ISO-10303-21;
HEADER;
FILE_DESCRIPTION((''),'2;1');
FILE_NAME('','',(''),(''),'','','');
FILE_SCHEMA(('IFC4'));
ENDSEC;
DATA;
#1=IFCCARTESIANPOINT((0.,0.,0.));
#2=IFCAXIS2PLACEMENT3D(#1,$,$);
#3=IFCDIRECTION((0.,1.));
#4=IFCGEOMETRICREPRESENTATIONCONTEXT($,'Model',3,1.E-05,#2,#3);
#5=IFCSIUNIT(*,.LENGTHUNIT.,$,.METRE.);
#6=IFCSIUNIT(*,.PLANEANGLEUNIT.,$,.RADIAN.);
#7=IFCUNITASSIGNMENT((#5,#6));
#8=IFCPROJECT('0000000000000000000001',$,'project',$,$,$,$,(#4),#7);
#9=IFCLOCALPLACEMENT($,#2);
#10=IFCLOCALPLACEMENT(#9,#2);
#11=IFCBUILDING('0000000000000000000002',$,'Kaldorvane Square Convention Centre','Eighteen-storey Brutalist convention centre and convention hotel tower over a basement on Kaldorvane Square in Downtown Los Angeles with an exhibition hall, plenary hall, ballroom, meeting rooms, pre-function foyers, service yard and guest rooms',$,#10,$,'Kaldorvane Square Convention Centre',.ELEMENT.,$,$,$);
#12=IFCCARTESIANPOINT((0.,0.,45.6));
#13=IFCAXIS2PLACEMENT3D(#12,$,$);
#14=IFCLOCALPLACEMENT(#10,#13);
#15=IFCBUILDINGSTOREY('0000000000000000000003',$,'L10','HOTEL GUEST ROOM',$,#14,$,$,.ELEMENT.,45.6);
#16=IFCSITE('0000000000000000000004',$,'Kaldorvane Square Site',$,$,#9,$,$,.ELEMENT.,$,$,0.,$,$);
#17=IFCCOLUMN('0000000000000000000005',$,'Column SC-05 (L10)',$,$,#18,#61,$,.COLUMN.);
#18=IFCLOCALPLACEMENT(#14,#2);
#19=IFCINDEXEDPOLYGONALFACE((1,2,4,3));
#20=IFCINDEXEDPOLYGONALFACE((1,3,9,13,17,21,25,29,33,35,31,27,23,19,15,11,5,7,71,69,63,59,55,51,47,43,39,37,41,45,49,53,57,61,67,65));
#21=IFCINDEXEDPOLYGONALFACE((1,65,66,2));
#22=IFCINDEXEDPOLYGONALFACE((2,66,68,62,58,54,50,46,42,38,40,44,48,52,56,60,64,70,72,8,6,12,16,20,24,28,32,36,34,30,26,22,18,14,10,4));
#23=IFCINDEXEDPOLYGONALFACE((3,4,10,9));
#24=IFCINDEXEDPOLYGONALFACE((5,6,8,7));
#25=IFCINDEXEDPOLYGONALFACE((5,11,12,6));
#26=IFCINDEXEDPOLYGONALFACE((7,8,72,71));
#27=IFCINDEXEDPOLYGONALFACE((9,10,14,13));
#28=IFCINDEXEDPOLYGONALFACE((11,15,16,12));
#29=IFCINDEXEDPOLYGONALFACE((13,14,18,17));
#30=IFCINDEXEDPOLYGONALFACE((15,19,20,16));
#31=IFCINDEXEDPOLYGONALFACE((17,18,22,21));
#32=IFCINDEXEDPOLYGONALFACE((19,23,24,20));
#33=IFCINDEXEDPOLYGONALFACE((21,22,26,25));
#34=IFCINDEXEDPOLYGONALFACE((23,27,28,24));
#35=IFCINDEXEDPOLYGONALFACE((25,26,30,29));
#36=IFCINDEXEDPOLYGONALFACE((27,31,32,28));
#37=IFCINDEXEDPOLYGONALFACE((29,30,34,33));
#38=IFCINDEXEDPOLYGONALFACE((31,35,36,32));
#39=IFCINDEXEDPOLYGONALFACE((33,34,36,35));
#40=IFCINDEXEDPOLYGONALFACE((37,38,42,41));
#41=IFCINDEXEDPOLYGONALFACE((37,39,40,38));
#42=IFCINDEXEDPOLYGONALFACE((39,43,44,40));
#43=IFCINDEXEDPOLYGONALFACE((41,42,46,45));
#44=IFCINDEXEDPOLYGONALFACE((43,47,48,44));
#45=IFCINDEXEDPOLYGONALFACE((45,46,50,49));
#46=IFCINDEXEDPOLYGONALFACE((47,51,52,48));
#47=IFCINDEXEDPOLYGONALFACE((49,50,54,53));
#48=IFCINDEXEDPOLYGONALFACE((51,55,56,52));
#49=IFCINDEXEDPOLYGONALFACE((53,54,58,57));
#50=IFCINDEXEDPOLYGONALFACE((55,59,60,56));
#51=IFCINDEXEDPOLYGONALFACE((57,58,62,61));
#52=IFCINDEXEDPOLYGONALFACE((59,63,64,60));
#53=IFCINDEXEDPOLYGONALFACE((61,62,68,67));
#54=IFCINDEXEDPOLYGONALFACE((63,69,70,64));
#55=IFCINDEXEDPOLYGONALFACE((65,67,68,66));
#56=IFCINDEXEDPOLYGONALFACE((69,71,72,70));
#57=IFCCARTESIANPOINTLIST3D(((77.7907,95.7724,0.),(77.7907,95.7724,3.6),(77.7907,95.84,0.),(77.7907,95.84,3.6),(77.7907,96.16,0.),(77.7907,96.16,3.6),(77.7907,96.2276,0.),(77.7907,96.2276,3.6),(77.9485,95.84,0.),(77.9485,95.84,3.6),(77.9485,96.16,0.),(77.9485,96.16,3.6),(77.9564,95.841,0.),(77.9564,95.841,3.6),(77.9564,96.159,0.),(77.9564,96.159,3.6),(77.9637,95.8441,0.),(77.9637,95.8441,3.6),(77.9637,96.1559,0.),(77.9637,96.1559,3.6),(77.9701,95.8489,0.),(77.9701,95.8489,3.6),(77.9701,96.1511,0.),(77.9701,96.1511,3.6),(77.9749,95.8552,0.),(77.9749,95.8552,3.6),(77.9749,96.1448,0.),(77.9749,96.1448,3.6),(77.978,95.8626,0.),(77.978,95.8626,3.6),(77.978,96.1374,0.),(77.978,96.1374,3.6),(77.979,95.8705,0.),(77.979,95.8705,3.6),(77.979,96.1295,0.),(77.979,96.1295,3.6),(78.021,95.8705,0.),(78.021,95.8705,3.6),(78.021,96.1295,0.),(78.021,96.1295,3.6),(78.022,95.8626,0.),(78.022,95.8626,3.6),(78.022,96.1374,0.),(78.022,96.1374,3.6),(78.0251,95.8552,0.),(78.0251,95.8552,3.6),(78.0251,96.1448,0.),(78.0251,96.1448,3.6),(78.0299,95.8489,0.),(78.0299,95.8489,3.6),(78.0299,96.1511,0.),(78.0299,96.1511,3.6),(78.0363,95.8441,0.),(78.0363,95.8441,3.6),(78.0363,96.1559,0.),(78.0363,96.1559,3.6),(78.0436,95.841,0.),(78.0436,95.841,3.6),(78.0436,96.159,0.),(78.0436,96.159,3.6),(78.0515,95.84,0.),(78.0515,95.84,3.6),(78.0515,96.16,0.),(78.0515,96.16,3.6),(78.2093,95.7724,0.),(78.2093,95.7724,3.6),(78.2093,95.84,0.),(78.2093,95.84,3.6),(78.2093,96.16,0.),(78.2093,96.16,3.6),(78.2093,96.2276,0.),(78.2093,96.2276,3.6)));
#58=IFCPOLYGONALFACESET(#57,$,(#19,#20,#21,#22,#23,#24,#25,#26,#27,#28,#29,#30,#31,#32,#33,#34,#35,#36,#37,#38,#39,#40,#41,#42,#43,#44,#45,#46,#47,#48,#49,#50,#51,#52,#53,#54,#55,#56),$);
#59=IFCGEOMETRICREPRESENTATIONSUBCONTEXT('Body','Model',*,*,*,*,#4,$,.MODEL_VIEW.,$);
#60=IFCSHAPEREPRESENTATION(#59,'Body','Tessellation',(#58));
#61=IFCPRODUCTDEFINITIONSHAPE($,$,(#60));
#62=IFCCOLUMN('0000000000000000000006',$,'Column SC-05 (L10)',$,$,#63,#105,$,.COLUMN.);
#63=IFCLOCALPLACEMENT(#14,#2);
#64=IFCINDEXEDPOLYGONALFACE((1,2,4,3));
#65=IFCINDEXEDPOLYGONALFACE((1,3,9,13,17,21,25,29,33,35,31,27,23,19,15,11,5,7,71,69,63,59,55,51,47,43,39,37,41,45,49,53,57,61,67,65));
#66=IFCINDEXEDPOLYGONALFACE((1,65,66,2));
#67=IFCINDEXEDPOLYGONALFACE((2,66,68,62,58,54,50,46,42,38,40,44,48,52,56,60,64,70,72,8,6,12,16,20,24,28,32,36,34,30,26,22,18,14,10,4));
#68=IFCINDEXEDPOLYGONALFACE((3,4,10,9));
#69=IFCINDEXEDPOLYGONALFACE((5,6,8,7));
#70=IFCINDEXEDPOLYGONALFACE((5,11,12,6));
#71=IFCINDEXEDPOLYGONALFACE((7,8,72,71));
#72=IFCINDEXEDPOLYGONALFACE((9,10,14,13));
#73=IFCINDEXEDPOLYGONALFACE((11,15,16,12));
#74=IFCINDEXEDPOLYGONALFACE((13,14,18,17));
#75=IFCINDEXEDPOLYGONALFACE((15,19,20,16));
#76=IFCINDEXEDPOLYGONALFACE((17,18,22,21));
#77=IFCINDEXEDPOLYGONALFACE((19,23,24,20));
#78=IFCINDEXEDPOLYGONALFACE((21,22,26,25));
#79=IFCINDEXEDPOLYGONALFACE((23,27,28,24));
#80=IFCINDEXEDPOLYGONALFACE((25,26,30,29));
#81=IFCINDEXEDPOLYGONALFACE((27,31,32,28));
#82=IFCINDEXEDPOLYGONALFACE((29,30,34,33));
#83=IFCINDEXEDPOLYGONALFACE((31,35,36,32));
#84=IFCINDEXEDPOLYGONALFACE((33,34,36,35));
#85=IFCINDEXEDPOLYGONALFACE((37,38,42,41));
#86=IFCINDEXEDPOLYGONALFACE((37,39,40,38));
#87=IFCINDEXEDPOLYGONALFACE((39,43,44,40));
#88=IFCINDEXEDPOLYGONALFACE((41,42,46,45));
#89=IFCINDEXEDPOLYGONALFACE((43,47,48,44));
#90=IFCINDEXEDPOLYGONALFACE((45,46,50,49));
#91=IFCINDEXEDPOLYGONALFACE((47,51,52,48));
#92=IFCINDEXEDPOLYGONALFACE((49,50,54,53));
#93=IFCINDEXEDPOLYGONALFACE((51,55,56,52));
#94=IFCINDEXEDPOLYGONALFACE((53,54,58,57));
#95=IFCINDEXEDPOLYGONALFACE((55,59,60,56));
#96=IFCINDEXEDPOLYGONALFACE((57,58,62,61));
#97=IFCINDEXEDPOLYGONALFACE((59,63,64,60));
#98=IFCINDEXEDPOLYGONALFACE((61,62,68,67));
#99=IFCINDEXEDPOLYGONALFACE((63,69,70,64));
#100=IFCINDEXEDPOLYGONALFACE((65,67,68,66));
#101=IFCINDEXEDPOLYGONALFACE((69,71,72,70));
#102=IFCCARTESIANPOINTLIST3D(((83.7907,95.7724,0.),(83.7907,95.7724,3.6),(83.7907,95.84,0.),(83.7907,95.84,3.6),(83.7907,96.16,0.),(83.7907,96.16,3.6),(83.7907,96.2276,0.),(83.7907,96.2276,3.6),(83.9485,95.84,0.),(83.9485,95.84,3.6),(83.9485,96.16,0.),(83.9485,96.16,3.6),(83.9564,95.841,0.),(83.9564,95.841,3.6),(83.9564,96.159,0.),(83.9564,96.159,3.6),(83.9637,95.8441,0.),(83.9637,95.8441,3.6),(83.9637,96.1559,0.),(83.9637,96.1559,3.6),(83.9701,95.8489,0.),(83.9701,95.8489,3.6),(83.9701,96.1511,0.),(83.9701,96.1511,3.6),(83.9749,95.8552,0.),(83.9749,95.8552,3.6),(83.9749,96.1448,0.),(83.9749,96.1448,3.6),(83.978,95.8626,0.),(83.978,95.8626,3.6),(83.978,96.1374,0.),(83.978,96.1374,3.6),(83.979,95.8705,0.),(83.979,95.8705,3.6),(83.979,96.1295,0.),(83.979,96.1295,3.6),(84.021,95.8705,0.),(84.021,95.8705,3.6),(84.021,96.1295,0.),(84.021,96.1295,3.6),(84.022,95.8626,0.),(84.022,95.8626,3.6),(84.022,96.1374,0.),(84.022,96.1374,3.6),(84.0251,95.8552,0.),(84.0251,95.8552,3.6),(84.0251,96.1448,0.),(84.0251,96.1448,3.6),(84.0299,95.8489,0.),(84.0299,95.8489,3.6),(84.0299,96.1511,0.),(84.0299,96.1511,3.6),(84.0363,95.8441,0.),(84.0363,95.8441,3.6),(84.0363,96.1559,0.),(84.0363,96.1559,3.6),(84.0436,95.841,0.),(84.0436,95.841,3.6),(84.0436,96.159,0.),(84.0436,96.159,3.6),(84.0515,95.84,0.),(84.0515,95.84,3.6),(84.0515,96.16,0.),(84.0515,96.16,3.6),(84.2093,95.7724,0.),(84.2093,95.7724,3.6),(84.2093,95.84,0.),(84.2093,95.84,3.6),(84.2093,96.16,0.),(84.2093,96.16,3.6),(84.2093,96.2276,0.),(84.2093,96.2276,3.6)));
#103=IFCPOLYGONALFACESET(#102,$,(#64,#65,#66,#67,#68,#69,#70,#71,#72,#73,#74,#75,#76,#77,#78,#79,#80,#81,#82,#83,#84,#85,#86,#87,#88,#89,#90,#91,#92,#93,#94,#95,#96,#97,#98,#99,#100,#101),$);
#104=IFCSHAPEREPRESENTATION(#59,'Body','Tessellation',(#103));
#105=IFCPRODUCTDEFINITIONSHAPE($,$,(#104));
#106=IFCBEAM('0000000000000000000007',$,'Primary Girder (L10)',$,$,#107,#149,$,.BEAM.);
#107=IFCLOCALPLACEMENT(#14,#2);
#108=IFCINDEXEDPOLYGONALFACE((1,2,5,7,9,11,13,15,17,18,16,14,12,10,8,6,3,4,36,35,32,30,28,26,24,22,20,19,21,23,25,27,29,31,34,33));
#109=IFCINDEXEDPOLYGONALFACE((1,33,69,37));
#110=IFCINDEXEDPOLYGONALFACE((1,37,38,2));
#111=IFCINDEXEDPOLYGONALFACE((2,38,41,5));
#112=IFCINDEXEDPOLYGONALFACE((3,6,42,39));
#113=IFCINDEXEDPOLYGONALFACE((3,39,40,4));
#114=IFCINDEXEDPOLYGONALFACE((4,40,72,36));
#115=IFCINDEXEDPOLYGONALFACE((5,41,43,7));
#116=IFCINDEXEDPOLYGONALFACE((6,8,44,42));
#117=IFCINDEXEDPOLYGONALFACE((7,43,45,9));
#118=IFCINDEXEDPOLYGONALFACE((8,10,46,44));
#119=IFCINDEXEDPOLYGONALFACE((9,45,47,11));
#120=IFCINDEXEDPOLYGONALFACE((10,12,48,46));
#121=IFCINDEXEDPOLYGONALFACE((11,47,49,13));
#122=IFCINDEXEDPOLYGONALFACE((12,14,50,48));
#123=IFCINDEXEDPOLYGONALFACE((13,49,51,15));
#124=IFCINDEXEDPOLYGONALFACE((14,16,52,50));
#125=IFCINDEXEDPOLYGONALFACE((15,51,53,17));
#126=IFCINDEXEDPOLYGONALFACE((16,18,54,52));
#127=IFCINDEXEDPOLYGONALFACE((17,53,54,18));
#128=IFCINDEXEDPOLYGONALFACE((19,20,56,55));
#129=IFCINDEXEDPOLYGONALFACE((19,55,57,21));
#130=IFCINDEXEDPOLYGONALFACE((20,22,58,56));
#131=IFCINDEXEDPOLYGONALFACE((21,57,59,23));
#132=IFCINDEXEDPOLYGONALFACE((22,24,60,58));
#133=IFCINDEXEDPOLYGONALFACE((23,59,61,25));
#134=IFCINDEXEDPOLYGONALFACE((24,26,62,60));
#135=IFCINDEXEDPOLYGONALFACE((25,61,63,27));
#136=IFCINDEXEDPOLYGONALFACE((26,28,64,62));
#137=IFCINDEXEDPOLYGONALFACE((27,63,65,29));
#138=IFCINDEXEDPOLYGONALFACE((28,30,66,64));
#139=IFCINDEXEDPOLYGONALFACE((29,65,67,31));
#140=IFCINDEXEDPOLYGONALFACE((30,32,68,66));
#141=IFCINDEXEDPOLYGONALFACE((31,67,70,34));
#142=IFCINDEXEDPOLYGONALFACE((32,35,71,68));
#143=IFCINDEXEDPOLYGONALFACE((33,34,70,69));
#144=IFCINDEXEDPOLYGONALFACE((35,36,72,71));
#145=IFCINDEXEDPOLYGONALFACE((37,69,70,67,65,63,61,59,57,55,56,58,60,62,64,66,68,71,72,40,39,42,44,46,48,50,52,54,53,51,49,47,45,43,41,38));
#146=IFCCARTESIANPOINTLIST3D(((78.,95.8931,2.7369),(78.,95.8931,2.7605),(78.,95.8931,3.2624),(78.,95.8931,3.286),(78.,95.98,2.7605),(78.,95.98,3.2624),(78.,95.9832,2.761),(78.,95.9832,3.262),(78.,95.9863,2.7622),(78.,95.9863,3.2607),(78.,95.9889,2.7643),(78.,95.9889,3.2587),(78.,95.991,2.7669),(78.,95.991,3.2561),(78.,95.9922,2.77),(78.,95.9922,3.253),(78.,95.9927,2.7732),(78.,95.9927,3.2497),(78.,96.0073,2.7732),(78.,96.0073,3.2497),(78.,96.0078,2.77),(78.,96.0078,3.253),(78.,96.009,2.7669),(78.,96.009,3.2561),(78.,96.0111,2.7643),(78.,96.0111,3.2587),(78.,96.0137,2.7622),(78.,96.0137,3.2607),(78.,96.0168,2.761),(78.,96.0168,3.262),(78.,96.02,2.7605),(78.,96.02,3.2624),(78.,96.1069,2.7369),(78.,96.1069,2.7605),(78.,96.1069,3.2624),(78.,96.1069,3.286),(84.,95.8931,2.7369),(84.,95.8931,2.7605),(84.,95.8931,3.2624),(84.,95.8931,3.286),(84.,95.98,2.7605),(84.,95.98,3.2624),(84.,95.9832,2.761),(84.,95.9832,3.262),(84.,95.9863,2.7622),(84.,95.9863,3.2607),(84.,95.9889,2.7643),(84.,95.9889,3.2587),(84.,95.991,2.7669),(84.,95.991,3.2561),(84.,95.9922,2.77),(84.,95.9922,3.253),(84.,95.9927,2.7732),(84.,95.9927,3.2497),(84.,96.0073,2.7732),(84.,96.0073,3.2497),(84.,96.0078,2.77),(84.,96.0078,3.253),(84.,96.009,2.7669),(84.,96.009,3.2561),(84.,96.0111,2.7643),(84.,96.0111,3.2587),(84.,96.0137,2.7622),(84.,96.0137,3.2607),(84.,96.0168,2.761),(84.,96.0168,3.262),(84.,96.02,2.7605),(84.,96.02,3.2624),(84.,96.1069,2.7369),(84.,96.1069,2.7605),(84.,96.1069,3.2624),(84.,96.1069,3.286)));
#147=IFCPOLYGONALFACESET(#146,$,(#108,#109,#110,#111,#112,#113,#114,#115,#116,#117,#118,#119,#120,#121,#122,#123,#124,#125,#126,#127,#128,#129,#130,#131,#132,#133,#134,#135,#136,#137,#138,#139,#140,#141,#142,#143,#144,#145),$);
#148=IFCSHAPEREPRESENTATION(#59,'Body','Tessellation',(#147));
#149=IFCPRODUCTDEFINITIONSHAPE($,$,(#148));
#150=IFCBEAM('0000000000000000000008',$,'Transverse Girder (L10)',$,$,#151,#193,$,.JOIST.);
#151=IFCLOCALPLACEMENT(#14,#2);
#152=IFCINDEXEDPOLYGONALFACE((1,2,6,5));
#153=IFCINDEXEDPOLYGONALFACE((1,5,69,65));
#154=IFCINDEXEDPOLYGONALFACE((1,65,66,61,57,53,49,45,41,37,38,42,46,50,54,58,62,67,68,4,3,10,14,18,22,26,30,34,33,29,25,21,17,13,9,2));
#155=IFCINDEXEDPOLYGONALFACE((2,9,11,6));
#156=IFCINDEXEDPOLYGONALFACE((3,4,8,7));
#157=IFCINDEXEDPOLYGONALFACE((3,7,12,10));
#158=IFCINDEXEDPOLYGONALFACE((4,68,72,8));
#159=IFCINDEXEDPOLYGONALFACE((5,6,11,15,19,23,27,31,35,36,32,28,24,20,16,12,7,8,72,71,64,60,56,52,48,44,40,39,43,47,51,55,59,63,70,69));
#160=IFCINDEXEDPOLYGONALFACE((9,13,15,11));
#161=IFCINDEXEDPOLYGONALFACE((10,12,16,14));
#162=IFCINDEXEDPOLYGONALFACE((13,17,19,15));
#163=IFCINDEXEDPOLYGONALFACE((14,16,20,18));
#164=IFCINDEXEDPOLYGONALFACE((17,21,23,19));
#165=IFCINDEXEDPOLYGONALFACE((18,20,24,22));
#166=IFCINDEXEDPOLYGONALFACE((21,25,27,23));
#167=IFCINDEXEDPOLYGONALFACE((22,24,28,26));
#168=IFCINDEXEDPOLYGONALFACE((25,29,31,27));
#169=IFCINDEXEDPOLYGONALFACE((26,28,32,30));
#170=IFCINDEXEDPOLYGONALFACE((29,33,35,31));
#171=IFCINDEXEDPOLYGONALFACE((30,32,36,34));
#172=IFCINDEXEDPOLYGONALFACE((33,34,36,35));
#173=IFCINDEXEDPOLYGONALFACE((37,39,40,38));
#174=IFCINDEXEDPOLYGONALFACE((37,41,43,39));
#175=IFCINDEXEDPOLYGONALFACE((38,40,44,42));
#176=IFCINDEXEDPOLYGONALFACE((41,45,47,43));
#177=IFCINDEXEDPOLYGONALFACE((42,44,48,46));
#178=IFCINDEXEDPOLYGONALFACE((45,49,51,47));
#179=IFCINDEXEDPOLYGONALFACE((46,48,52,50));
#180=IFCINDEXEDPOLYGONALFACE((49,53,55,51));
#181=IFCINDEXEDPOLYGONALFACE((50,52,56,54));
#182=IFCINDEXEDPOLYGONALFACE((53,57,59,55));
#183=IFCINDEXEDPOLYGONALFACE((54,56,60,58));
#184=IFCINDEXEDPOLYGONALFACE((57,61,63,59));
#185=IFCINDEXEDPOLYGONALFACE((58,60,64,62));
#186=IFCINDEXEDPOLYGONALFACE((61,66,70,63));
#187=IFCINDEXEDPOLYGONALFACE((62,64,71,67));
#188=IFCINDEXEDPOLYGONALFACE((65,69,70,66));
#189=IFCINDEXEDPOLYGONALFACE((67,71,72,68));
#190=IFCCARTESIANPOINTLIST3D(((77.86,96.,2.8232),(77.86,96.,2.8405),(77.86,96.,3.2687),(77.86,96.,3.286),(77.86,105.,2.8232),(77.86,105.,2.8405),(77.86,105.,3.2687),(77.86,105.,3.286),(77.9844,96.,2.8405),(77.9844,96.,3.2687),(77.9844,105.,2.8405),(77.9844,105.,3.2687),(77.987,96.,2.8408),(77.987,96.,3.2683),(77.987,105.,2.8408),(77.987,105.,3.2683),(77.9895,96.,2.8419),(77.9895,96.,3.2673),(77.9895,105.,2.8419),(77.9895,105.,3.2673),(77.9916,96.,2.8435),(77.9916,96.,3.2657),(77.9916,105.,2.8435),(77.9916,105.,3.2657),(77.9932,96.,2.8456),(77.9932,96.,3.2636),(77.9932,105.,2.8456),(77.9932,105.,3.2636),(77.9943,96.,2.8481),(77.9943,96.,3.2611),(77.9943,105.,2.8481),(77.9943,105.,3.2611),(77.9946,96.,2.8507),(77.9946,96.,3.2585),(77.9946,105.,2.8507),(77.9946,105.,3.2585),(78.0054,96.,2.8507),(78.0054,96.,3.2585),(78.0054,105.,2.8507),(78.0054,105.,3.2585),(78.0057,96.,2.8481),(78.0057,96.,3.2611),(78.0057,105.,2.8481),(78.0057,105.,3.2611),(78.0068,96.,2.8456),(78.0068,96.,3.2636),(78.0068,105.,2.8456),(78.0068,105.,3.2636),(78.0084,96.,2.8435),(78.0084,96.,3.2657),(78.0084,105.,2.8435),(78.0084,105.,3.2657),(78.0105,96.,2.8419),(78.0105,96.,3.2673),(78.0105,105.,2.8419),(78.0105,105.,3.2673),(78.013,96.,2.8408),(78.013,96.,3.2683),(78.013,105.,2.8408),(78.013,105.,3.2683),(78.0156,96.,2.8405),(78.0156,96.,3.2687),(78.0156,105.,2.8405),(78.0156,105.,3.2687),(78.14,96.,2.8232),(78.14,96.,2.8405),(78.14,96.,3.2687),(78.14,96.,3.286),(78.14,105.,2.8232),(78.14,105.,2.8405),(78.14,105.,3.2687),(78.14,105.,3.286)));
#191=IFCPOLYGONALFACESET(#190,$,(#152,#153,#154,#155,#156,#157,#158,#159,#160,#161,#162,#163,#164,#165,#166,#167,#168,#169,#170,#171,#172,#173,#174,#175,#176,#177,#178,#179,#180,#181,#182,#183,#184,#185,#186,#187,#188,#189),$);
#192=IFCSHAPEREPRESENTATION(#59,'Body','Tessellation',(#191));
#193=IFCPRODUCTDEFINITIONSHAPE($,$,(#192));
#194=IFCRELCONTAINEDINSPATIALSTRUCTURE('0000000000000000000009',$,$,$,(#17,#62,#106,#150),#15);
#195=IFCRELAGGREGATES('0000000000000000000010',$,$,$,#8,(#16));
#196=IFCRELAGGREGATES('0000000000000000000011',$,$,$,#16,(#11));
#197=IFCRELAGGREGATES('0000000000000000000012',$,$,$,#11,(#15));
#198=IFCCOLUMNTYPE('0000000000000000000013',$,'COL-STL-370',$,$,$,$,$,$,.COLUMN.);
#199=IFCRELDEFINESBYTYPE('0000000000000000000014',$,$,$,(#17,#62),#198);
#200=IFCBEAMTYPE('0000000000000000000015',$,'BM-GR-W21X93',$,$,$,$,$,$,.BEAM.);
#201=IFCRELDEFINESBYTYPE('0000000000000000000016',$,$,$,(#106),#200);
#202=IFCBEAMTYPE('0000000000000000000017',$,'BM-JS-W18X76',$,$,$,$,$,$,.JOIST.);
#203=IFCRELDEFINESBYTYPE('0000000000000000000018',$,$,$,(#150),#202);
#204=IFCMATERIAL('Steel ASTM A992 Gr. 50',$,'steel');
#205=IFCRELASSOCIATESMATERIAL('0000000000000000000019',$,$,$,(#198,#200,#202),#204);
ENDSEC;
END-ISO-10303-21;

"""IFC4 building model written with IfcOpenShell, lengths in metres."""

from ifc_helpers import new_model, si_unit, direction, frame, origin, origin_2d, place, context, subcontext, project, spatial, i_section, extrude, material, material_profile, profile_set, type_object, element, save


model = new_model("IFC4")

# Units and contexts
model_context = context("Model", 3, precision=1e-05, world=origin(), true_north=direction((0.0, 1.0)))
body_context = subcontext(model_context, "Body", "Model", "MODEL_VIEW")
ifc_project = project(units=[si_unit("LENGTHUNIT", "METRE"), si_unit("PLANEANGLEUNIT", "RADIAN")], contexts=[model_context])

# Site, building, storey
site_placement = place(None, origin())
site = spatial("IfcSite", under=ifc_project, at=site_placement, Name="Kaldorvane Square Site", CompositionType="ELEMENT", RefElevation=0.0)
building_placement = place(site_placement, origin())
building = spatial("IfcBuilding", under=site, at=building_placement, Name="Kaldorvane Square Convention Centre", Description="Eighteen-storey Brutalist convention centre and convention hotel tower over a basement on Kaldorvane Square in Downtown Los Angeles with an exhibition hall, plenary hall, ballroom, meeting rooms, pre-function foyers, service yard and guest rooms", LongName="Kaldorvane Square Convention Centre", CompositionType="ELEMENT")
storey_placement = place(building_placement, frame((0.0, 0.0, 45.6)))
storey = spatial("IfcBuildingStorey", under=building, at=storey_placement, Name="L10", Description="HOTEL GUEST ROOM", CompositionType="ELEMENT", Elevation=45.6)

# Columns
ifc_material_1 = material(Name="Steel ASTM A992 Gr. 50", Category="steel")
ifc_material_profile_1 = material_profile(ifc_material_1, i_section(OverallWidth=0.4185, OverallDepth=0.4552, WebThickness=0.042, FlangeThickness=0.0676, FilletRadius=0.0305, at=origin_2d()), Name="W14X370")
ifc_profile_set_1 = profile_set([ifc_material_profile_1], Name="Steel ASTM A992 Gr. 50")
column_type = type_object("IfcColumnType", Name="COL-STL-370", PredefinedType="COLUMN", material=ifc_profile_set_1)
for number, where, z_axis, x_axis, name in (
    (1, (78.0, 96.0, 0.0), (0.0, 0.0, 1.0), (1.0, 0.0, 0.0), "Column SC-05 (L10)"),
    (2, (84.0, 96.0, 0.0), (0.0, 0.0, 1.0), (1.0, 0.0, 0.0), "Column SC-05 (L10)"),
):
    element("IfcColumn", number, at=place(storey_placement, frame(where, z_axis=z_axis, x_axis=x_axis)), inside=storey, type_object=column_type, Name=name, PredefinedType="COLUMN", context=body_context, shape_type="SweptSolid", body=[
        extrude(i_section(OverallWidth=0.4185, OverallDepth=0.4552, WebThickness=0.042, FlangeThickness=0.0676, FilletRadius=0.0305, at=origin_2d()), origin(), (0.0, 0.0, 1.0), 3.6),
    ])

# Beams
ifc_material_profile_2 = material_profile(ifc_material_1, i_section(OverallWidth=0.2139, OverallDepth=0.5491, WebThickness=0.0147, FlangeThickness=0.0236, FilletRadius=0.0127, at=origin_2d()), Name="W21X93")
ifc_profile_set_2 = profile_set([ifc_material_profile_2], Name="Steel ASTM A992 Gr. 50")
beam_type_1 = type_object("IfcBeamType", Name="BM-GR-W21X93", PredefinedType="BEAM", material=ifc_profile_set_2)
beam_1_placement = place(storey_placement, frame((78.0, 96.0, 3.0115), z_axis=(1.0, 0.0, 0.0), x_axis=(0.0, 1.0, 0.0)))
element("IfcBeam", 3, at=beam_1_placement, inside=storey, type_object=beam_type_1, Name="Primary Girder (L10)", PredefinedType="BEAM", context=body_context, shape_type="SweptSolid", body=[
    extrude(i_section(OverallWidth=0.2139, OverallDepth=0.5491, WebThickness=0.0147, FlangeThickness=0.0236, FilletRadius=0.0127, at=origin_2d()), origin(), (0.0, 0.0, 1.0), 6.0),
])
ifc_material_profile_3 = material_profile(ifc_material_1, i_section(OverallWidth=0.2799, OverallDepth=0.4628, WebThickness=0.0108, FlangeThickness=0.0173, FilletRadius=0.0102, at=origin_2d()), Name="W18X76")
ifc_profile_set_3 = profile_set([ifc_material_profile_3], Name="Steel ASTM A992 Gr. 50")
beam_type_2 = type_object("IfcBeamType", Name="BM-JS-W18X76", PredefinedType="JOIST", material=ifc_profile_set_3)
beam_2_placement = place(storey_placement, frame((78.0, 96.0, 3.0546), z_axis=(0.0, 1.0, 0.0), x_axis=(-1.0, 0.0, 0.0)))
element("IfcBeam", 4, at=beam_2_placement, inside=storey, type_object=beam_type_2, Name="Transverse Girder (L10)", PredefinedType="JOIST", context=body_context, shape_type="SweptSolid", body=[
    extrude(i_section(OverallWidth=0.2799, OverallDepth=0.4628, WebThickness=0.0108, FlangeThickness=0.0173, FilletRadius=0.0102, at=origin_2d()), origin(), (0.0, 0.0, 1.0), 9.0),
])

save(model, "model.ifc")
